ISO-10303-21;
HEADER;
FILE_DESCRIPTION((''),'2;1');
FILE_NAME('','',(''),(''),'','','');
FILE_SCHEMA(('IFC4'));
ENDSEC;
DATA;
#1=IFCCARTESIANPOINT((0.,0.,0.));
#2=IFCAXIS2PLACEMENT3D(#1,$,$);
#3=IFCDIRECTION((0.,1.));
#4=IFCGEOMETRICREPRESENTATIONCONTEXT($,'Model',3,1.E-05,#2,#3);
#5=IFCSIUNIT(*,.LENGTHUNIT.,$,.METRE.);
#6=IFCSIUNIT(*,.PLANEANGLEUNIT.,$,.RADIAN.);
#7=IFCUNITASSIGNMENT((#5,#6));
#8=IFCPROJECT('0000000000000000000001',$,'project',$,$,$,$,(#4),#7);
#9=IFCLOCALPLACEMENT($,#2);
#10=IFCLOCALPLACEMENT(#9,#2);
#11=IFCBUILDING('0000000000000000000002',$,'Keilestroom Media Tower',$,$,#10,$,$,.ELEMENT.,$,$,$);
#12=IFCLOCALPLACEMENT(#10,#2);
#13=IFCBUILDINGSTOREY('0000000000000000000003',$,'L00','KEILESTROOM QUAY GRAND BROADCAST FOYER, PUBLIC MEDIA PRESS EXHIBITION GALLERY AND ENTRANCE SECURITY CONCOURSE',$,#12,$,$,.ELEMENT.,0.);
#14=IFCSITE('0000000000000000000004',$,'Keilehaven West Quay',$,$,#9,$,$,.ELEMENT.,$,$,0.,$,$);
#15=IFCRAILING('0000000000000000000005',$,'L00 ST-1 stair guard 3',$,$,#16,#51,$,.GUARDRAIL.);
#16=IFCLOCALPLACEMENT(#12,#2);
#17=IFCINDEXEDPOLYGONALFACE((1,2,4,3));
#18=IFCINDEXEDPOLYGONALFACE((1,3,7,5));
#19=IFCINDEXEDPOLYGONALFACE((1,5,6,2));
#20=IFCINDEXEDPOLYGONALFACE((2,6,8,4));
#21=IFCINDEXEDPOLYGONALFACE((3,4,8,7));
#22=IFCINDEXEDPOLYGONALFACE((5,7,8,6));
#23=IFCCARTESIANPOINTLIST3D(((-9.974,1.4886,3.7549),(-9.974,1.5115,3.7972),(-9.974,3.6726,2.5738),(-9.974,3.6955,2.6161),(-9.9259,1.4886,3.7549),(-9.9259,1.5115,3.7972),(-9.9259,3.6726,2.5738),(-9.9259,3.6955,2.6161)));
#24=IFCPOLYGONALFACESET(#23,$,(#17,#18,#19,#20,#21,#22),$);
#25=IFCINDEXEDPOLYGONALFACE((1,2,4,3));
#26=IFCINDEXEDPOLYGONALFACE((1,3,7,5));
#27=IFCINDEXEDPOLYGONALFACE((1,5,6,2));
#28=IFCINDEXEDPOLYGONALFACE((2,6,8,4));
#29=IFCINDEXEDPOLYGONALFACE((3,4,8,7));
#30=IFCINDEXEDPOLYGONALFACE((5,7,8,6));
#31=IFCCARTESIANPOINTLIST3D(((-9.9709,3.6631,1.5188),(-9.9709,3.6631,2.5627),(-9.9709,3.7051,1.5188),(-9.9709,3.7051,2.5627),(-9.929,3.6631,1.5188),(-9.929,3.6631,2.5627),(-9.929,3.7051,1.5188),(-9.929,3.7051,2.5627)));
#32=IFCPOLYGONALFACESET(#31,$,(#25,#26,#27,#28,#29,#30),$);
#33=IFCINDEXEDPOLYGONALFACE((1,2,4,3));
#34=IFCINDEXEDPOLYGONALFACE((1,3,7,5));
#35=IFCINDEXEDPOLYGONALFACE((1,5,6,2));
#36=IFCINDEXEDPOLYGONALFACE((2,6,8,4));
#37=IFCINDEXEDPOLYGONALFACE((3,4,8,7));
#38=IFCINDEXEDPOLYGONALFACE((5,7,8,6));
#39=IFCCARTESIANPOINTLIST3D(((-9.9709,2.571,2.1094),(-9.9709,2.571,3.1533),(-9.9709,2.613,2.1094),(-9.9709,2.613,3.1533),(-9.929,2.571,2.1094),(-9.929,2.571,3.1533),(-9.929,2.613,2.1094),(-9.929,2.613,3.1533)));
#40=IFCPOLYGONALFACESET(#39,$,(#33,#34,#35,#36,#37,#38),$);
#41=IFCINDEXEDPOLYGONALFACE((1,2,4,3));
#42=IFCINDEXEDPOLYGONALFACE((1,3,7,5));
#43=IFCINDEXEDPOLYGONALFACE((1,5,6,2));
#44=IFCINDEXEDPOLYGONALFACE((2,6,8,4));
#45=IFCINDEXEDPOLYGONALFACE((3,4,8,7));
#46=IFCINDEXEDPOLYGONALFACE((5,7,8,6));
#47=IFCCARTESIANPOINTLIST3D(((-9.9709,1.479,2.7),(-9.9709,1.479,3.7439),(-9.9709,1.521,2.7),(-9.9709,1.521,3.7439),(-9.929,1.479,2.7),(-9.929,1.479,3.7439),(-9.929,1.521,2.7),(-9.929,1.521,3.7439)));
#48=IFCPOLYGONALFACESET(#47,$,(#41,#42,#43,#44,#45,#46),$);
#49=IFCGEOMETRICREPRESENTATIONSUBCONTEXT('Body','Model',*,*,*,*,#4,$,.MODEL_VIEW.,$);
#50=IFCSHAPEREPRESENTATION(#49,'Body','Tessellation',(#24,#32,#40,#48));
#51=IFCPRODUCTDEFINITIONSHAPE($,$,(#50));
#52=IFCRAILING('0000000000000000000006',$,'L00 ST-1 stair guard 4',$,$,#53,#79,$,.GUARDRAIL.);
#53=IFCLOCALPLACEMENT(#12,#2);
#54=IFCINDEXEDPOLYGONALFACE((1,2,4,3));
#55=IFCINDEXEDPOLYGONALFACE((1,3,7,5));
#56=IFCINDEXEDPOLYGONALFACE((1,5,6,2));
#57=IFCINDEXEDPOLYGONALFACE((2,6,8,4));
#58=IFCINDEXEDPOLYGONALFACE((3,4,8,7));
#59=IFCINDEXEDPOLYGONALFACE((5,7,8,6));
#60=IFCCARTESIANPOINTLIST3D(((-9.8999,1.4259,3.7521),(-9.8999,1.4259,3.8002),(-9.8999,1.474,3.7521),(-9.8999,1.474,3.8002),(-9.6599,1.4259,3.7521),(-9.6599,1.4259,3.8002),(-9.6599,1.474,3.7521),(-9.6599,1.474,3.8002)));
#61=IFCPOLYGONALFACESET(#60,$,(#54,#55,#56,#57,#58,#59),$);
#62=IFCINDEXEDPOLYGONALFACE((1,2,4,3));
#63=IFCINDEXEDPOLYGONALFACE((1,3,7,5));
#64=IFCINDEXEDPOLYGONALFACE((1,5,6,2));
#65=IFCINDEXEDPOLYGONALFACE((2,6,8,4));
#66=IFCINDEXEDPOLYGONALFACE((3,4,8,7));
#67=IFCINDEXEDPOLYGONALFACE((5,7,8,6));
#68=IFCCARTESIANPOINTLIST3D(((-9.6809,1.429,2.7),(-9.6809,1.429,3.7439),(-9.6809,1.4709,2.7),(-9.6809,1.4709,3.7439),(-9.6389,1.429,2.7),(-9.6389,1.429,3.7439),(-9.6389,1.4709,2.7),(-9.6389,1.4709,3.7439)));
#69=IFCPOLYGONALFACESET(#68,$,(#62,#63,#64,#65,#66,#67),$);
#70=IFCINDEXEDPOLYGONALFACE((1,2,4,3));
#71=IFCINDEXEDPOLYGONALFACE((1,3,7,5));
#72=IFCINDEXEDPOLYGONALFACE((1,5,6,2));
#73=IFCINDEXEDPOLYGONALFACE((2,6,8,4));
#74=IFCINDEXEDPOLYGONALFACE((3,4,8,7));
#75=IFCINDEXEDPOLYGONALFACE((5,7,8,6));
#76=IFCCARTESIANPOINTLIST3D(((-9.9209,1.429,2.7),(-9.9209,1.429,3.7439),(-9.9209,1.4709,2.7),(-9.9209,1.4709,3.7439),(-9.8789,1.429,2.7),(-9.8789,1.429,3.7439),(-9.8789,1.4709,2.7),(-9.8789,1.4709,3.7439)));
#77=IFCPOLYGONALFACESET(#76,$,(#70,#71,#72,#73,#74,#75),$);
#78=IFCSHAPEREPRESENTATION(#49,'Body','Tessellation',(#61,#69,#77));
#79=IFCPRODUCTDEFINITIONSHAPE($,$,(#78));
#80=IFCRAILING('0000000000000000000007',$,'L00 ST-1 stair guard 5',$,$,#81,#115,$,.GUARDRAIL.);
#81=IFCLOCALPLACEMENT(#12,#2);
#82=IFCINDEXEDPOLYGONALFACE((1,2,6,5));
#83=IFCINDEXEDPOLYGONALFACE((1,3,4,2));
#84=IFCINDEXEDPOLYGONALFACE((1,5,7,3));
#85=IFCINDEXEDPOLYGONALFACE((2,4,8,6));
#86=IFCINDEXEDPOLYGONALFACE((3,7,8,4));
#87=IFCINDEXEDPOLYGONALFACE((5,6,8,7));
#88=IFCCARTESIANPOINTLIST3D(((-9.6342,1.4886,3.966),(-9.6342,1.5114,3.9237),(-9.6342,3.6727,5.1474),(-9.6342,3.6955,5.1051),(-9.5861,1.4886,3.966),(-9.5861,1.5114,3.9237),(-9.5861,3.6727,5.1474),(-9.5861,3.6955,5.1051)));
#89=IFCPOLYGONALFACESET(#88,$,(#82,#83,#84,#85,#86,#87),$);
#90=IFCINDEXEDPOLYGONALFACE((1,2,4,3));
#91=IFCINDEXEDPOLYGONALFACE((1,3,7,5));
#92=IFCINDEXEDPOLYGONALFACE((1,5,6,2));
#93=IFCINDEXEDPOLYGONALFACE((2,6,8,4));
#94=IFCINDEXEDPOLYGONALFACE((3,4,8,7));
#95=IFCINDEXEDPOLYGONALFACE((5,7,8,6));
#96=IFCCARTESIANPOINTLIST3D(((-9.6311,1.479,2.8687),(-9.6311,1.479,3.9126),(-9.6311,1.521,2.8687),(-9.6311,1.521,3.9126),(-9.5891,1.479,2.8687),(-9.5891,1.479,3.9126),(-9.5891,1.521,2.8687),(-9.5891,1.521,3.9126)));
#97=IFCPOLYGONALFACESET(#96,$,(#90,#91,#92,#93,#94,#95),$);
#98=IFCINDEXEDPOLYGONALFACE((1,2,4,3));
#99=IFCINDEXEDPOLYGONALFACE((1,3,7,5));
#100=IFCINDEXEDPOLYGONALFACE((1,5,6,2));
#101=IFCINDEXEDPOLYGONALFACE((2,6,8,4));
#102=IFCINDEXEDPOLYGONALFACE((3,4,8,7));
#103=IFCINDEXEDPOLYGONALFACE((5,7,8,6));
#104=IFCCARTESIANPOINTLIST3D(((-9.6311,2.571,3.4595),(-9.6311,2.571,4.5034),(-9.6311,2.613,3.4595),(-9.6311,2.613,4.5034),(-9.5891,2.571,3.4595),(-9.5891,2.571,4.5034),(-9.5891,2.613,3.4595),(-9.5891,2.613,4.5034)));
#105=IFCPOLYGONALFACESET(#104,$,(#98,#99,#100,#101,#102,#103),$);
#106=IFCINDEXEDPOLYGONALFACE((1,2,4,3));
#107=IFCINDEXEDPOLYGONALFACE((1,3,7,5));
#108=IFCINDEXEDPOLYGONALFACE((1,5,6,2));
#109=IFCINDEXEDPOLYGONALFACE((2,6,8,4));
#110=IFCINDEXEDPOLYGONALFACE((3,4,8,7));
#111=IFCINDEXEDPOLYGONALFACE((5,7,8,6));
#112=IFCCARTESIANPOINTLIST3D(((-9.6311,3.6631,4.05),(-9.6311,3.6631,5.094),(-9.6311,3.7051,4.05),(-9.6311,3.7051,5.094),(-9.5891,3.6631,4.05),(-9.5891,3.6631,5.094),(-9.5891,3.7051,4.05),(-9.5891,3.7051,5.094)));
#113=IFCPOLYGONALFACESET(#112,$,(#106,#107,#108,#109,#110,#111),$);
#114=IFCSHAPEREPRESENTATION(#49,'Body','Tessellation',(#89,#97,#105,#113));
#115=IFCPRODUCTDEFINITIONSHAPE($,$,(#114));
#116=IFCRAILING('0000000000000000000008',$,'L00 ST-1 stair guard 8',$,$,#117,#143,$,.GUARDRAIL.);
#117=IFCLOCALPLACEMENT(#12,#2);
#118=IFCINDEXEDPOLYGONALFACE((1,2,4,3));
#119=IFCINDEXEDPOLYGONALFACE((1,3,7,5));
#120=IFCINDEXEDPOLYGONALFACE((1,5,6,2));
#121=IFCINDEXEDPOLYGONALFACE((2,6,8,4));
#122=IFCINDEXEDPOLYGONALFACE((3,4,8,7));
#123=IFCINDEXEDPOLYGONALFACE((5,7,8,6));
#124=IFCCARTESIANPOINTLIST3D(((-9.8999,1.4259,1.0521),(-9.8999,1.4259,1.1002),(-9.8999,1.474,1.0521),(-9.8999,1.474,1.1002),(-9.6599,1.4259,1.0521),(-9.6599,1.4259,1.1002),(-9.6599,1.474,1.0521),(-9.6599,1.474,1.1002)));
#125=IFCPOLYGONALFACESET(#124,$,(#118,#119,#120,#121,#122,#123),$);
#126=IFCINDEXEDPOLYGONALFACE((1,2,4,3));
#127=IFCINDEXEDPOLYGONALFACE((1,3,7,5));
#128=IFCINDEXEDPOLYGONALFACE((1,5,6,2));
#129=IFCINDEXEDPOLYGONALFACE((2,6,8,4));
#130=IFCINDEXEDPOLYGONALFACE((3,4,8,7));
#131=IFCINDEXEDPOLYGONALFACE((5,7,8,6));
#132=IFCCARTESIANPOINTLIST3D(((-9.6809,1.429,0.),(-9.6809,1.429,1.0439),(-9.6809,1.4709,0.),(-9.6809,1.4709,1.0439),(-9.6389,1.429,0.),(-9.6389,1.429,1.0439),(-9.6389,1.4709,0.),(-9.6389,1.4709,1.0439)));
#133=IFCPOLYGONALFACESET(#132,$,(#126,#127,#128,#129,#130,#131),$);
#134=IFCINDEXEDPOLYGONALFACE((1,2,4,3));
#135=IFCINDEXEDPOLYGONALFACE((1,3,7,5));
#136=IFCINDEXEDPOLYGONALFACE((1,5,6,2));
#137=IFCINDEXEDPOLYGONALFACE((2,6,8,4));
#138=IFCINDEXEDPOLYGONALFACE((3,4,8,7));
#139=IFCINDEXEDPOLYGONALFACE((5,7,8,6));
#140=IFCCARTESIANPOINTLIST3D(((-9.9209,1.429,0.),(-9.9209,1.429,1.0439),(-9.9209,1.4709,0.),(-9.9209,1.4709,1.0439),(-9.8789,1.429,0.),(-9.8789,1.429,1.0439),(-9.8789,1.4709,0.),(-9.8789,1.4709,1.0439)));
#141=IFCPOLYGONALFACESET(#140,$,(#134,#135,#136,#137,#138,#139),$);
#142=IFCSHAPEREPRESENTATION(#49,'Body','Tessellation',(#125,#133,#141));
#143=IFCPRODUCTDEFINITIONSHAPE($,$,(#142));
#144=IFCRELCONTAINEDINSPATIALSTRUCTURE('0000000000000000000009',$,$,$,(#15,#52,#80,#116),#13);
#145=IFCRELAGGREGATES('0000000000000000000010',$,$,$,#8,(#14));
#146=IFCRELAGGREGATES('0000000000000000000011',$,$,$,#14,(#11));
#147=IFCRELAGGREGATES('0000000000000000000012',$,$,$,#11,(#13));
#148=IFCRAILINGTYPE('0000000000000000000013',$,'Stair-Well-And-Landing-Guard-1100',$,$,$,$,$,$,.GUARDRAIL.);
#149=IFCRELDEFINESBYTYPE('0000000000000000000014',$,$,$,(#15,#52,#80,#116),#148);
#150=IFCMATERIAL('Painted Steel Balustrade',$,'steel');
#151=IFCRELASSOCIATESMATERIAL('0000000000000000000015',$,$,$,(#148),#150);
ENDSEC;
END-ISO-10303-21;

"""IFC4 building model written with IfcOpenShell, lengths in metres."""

from ifc_helpers import new_model, si_unit, direction, frame, origin, origin_2d, place, context, subcontext, project, spatial, rectangle, extrude, material, type_object, element, save


model = new_model("IFC4")

# Units and contexts
model_context = context("Model", 3, precision=1e-05, world=origin(), true_north=direction((0.0, 1.0)))
body_context = subcontext(model_context, "Body", "Model", "MODEL_VIEW")
ifc_project = project(units=[si_unit("LENGTHUNIT", "METRE"), si_unit("PLANEANGLEUNIT", "RADIAN")], contexts=[model_context])

# Site, building, storey
site_placement = place(None, origin())
site = spatial("IfcSite", under=ifc_project, at=site_placement, Name="Keilehaven West Quay", CompositionType="ELEMENT", RefElevation=0.0)
building_placement = place(site_placement, origin())
building = spatial("IfcBuilding", under=site, at=building_placement, Name="Keilestroom Media Tower", CompositionType="ELEMENT")
storey_placement = place(building_placement, origin())
storey = spatial("IfcBuildingStorey", under=building, at=storey_placement, Name="L00", Description="KEILESTROOM QUAY GRAND BROADCAST FOYER, PUBLIC MEDIA PRESS EXHIBITION GALLERY AND ENTRANCE SECURITY CONCOURSE", CompositionType="ELEMENT", Elevation=0.0)

# Railings
ifc_material_1 = material(Name="Painted Steel Balustrade", Category="steel")
railing_type_1 = type_object("IfcRailingType", Name="Stair-Well-And-Landing-Guard-1100", PredefinedType="GUARDRAIL", material=ifc_material_1)
railing_1_placement = place(storey_placement, frame((-9.95, 3.6841, 1.5188)))
element("IfcRailing", 1, at=railing_1_placement, inside=storey, type_object=railing_type_1, Name="L00 ST-1 stair guard 3", PredefinedType="GUARDRAIL", context=body_context, shape_type="SweptSolid", body=[
    extrude(rectangle(XDim=0.0481, YDim=0.0481, at=origin_2d()), frame((0.0, 0.0, 1.0762), z_axis=(0.0, -0.879611, 0.475694), x_axis=(1.0, 0.0, 0.0)), (0.0, 0.0, 1.0), 2.4829),
    extrude(rectangle(XDim=0.042, YDim=0.042, at=origin_2d()), origin(), (0.0, 0.0, 1.0), 1.0439),
    extrude(rectangle(XDim=0.042, YDim=0.042, at=origin_2d()), frame((0.0, -1.092, 0.5906)), (0.0, 0.0, 1.0), 1.0439),
    extrude(rectangle(XDim=0.042, YDim=0.042, at=origin_2d()), frame((0.0, -2.1841, 1.1812)), (0.0, 0.0, 1.0), 1.0439),
])
railing_2_placement = place(storey_placement, frame((-9.6599, 1.45, 2.7)))
element("IfcRailing", 2, at=railing_2_placement, inside=storey, type_object=railing_type_1, Name="L00 ST-1 stair guard 4", PredefinedType="GUARDRAIL", context=body_context, shape_type="SweptSolid", body=[
    extrude(rectangle(XDim=0.0481, YDim=0.0481, at=origin_2d()), frame((0.0, 0.0, 1.0762), z_axis=(-1.0, 0.0, 0.0), x_axis=(0.0, -1.0, 0.0)), (0.0, 0.0, 1.0), 0.24),
    extrude(rectangle(XDim=0.042, YDim=0.042, at=origin_2d()), origin(), (0.0, 0.0, 1.0), 1.0439),
    extrude(rectangle(XDim=0.042, YDim=0.042, at=origin_2d()), frame((-0.24, 0.0, 0.0)), (0.0, 0.0, 1.0), 1.0439),
])
railing_3_placement = place(storey_placement, frame((-9.6101, 1.5, 2.8687)))
element("IfcRailing", 3, at=railing_3_placement, inside=storey, type_object=railing_type_1, Name="L00 ST-1 stair guard 5", PredefinedType="GUARDRAIL", context=body_context, shape_type="SweptSolid", body=[
    extrude(rectangle(XDim=0.0481, YDim=0.0481, at=origin_2d()), frame((0.0, 0.0, 1.0762), z_axis=(0.0, 0.87957, 0.47577), x_axis=(-1.0, 0.0, 0.0)), (0.0, 0.0, 1.0), 2.4832),
    extrude(rectangle(XDim=0.042, YDim=0.042, at=origin_2d()), origin(), (0.0, 0.0, 1.0), 1.0439),
    extrude(rectangle(XDim=0.042, YDim=0.042, at=origin_2d()), frame((0.0, 1.092, 0.5908)), (0.0, 0.0, 1.0), 1.0439),
    extrude(rectangle(XDim=0.042, YDim=0.042, at=origin_2d()), frame((0.0, 2.1841, 1.1814)), (0.0, 0.0, 1.0), 1.0439),
])
railing_4_placement = place(storey_placement, frame((-9.6599, 1.45, 0.0)))
element("IfcRailing", 4, at=railing_4_placement, inside=storey, type_object=railing_type_1, Name="L00 ST-1 stair guard 8", PredefinedType="GUARDRAIL", context=body_context, shape_type="SweptSolid", body=[
    extrude(rectangle(XDim=0.0481, YDim=0.0481, at=origin_2d()), frame((0.0, 0.0, 1.0762), z_axis=(-1.0, 0.0, 0.0), x_axis=(0.0, -1.0, 0.0)), (0.0, 0.0, 1.0), 0.24),
    extrude(rectangle(XDim=0.042, YDim=0.042, at=origin_2d()), origin(), (0.0, 0.0, 1.0), 1.0439),
    extrude(rectangle(XDim=0.042, YDim=0.042, at=origin_2d()), frame((-0.24, 0.0, 0.0)), (0.0, 0.0, 1.0), 1.0439),
])

save(model, "model.ifc")
